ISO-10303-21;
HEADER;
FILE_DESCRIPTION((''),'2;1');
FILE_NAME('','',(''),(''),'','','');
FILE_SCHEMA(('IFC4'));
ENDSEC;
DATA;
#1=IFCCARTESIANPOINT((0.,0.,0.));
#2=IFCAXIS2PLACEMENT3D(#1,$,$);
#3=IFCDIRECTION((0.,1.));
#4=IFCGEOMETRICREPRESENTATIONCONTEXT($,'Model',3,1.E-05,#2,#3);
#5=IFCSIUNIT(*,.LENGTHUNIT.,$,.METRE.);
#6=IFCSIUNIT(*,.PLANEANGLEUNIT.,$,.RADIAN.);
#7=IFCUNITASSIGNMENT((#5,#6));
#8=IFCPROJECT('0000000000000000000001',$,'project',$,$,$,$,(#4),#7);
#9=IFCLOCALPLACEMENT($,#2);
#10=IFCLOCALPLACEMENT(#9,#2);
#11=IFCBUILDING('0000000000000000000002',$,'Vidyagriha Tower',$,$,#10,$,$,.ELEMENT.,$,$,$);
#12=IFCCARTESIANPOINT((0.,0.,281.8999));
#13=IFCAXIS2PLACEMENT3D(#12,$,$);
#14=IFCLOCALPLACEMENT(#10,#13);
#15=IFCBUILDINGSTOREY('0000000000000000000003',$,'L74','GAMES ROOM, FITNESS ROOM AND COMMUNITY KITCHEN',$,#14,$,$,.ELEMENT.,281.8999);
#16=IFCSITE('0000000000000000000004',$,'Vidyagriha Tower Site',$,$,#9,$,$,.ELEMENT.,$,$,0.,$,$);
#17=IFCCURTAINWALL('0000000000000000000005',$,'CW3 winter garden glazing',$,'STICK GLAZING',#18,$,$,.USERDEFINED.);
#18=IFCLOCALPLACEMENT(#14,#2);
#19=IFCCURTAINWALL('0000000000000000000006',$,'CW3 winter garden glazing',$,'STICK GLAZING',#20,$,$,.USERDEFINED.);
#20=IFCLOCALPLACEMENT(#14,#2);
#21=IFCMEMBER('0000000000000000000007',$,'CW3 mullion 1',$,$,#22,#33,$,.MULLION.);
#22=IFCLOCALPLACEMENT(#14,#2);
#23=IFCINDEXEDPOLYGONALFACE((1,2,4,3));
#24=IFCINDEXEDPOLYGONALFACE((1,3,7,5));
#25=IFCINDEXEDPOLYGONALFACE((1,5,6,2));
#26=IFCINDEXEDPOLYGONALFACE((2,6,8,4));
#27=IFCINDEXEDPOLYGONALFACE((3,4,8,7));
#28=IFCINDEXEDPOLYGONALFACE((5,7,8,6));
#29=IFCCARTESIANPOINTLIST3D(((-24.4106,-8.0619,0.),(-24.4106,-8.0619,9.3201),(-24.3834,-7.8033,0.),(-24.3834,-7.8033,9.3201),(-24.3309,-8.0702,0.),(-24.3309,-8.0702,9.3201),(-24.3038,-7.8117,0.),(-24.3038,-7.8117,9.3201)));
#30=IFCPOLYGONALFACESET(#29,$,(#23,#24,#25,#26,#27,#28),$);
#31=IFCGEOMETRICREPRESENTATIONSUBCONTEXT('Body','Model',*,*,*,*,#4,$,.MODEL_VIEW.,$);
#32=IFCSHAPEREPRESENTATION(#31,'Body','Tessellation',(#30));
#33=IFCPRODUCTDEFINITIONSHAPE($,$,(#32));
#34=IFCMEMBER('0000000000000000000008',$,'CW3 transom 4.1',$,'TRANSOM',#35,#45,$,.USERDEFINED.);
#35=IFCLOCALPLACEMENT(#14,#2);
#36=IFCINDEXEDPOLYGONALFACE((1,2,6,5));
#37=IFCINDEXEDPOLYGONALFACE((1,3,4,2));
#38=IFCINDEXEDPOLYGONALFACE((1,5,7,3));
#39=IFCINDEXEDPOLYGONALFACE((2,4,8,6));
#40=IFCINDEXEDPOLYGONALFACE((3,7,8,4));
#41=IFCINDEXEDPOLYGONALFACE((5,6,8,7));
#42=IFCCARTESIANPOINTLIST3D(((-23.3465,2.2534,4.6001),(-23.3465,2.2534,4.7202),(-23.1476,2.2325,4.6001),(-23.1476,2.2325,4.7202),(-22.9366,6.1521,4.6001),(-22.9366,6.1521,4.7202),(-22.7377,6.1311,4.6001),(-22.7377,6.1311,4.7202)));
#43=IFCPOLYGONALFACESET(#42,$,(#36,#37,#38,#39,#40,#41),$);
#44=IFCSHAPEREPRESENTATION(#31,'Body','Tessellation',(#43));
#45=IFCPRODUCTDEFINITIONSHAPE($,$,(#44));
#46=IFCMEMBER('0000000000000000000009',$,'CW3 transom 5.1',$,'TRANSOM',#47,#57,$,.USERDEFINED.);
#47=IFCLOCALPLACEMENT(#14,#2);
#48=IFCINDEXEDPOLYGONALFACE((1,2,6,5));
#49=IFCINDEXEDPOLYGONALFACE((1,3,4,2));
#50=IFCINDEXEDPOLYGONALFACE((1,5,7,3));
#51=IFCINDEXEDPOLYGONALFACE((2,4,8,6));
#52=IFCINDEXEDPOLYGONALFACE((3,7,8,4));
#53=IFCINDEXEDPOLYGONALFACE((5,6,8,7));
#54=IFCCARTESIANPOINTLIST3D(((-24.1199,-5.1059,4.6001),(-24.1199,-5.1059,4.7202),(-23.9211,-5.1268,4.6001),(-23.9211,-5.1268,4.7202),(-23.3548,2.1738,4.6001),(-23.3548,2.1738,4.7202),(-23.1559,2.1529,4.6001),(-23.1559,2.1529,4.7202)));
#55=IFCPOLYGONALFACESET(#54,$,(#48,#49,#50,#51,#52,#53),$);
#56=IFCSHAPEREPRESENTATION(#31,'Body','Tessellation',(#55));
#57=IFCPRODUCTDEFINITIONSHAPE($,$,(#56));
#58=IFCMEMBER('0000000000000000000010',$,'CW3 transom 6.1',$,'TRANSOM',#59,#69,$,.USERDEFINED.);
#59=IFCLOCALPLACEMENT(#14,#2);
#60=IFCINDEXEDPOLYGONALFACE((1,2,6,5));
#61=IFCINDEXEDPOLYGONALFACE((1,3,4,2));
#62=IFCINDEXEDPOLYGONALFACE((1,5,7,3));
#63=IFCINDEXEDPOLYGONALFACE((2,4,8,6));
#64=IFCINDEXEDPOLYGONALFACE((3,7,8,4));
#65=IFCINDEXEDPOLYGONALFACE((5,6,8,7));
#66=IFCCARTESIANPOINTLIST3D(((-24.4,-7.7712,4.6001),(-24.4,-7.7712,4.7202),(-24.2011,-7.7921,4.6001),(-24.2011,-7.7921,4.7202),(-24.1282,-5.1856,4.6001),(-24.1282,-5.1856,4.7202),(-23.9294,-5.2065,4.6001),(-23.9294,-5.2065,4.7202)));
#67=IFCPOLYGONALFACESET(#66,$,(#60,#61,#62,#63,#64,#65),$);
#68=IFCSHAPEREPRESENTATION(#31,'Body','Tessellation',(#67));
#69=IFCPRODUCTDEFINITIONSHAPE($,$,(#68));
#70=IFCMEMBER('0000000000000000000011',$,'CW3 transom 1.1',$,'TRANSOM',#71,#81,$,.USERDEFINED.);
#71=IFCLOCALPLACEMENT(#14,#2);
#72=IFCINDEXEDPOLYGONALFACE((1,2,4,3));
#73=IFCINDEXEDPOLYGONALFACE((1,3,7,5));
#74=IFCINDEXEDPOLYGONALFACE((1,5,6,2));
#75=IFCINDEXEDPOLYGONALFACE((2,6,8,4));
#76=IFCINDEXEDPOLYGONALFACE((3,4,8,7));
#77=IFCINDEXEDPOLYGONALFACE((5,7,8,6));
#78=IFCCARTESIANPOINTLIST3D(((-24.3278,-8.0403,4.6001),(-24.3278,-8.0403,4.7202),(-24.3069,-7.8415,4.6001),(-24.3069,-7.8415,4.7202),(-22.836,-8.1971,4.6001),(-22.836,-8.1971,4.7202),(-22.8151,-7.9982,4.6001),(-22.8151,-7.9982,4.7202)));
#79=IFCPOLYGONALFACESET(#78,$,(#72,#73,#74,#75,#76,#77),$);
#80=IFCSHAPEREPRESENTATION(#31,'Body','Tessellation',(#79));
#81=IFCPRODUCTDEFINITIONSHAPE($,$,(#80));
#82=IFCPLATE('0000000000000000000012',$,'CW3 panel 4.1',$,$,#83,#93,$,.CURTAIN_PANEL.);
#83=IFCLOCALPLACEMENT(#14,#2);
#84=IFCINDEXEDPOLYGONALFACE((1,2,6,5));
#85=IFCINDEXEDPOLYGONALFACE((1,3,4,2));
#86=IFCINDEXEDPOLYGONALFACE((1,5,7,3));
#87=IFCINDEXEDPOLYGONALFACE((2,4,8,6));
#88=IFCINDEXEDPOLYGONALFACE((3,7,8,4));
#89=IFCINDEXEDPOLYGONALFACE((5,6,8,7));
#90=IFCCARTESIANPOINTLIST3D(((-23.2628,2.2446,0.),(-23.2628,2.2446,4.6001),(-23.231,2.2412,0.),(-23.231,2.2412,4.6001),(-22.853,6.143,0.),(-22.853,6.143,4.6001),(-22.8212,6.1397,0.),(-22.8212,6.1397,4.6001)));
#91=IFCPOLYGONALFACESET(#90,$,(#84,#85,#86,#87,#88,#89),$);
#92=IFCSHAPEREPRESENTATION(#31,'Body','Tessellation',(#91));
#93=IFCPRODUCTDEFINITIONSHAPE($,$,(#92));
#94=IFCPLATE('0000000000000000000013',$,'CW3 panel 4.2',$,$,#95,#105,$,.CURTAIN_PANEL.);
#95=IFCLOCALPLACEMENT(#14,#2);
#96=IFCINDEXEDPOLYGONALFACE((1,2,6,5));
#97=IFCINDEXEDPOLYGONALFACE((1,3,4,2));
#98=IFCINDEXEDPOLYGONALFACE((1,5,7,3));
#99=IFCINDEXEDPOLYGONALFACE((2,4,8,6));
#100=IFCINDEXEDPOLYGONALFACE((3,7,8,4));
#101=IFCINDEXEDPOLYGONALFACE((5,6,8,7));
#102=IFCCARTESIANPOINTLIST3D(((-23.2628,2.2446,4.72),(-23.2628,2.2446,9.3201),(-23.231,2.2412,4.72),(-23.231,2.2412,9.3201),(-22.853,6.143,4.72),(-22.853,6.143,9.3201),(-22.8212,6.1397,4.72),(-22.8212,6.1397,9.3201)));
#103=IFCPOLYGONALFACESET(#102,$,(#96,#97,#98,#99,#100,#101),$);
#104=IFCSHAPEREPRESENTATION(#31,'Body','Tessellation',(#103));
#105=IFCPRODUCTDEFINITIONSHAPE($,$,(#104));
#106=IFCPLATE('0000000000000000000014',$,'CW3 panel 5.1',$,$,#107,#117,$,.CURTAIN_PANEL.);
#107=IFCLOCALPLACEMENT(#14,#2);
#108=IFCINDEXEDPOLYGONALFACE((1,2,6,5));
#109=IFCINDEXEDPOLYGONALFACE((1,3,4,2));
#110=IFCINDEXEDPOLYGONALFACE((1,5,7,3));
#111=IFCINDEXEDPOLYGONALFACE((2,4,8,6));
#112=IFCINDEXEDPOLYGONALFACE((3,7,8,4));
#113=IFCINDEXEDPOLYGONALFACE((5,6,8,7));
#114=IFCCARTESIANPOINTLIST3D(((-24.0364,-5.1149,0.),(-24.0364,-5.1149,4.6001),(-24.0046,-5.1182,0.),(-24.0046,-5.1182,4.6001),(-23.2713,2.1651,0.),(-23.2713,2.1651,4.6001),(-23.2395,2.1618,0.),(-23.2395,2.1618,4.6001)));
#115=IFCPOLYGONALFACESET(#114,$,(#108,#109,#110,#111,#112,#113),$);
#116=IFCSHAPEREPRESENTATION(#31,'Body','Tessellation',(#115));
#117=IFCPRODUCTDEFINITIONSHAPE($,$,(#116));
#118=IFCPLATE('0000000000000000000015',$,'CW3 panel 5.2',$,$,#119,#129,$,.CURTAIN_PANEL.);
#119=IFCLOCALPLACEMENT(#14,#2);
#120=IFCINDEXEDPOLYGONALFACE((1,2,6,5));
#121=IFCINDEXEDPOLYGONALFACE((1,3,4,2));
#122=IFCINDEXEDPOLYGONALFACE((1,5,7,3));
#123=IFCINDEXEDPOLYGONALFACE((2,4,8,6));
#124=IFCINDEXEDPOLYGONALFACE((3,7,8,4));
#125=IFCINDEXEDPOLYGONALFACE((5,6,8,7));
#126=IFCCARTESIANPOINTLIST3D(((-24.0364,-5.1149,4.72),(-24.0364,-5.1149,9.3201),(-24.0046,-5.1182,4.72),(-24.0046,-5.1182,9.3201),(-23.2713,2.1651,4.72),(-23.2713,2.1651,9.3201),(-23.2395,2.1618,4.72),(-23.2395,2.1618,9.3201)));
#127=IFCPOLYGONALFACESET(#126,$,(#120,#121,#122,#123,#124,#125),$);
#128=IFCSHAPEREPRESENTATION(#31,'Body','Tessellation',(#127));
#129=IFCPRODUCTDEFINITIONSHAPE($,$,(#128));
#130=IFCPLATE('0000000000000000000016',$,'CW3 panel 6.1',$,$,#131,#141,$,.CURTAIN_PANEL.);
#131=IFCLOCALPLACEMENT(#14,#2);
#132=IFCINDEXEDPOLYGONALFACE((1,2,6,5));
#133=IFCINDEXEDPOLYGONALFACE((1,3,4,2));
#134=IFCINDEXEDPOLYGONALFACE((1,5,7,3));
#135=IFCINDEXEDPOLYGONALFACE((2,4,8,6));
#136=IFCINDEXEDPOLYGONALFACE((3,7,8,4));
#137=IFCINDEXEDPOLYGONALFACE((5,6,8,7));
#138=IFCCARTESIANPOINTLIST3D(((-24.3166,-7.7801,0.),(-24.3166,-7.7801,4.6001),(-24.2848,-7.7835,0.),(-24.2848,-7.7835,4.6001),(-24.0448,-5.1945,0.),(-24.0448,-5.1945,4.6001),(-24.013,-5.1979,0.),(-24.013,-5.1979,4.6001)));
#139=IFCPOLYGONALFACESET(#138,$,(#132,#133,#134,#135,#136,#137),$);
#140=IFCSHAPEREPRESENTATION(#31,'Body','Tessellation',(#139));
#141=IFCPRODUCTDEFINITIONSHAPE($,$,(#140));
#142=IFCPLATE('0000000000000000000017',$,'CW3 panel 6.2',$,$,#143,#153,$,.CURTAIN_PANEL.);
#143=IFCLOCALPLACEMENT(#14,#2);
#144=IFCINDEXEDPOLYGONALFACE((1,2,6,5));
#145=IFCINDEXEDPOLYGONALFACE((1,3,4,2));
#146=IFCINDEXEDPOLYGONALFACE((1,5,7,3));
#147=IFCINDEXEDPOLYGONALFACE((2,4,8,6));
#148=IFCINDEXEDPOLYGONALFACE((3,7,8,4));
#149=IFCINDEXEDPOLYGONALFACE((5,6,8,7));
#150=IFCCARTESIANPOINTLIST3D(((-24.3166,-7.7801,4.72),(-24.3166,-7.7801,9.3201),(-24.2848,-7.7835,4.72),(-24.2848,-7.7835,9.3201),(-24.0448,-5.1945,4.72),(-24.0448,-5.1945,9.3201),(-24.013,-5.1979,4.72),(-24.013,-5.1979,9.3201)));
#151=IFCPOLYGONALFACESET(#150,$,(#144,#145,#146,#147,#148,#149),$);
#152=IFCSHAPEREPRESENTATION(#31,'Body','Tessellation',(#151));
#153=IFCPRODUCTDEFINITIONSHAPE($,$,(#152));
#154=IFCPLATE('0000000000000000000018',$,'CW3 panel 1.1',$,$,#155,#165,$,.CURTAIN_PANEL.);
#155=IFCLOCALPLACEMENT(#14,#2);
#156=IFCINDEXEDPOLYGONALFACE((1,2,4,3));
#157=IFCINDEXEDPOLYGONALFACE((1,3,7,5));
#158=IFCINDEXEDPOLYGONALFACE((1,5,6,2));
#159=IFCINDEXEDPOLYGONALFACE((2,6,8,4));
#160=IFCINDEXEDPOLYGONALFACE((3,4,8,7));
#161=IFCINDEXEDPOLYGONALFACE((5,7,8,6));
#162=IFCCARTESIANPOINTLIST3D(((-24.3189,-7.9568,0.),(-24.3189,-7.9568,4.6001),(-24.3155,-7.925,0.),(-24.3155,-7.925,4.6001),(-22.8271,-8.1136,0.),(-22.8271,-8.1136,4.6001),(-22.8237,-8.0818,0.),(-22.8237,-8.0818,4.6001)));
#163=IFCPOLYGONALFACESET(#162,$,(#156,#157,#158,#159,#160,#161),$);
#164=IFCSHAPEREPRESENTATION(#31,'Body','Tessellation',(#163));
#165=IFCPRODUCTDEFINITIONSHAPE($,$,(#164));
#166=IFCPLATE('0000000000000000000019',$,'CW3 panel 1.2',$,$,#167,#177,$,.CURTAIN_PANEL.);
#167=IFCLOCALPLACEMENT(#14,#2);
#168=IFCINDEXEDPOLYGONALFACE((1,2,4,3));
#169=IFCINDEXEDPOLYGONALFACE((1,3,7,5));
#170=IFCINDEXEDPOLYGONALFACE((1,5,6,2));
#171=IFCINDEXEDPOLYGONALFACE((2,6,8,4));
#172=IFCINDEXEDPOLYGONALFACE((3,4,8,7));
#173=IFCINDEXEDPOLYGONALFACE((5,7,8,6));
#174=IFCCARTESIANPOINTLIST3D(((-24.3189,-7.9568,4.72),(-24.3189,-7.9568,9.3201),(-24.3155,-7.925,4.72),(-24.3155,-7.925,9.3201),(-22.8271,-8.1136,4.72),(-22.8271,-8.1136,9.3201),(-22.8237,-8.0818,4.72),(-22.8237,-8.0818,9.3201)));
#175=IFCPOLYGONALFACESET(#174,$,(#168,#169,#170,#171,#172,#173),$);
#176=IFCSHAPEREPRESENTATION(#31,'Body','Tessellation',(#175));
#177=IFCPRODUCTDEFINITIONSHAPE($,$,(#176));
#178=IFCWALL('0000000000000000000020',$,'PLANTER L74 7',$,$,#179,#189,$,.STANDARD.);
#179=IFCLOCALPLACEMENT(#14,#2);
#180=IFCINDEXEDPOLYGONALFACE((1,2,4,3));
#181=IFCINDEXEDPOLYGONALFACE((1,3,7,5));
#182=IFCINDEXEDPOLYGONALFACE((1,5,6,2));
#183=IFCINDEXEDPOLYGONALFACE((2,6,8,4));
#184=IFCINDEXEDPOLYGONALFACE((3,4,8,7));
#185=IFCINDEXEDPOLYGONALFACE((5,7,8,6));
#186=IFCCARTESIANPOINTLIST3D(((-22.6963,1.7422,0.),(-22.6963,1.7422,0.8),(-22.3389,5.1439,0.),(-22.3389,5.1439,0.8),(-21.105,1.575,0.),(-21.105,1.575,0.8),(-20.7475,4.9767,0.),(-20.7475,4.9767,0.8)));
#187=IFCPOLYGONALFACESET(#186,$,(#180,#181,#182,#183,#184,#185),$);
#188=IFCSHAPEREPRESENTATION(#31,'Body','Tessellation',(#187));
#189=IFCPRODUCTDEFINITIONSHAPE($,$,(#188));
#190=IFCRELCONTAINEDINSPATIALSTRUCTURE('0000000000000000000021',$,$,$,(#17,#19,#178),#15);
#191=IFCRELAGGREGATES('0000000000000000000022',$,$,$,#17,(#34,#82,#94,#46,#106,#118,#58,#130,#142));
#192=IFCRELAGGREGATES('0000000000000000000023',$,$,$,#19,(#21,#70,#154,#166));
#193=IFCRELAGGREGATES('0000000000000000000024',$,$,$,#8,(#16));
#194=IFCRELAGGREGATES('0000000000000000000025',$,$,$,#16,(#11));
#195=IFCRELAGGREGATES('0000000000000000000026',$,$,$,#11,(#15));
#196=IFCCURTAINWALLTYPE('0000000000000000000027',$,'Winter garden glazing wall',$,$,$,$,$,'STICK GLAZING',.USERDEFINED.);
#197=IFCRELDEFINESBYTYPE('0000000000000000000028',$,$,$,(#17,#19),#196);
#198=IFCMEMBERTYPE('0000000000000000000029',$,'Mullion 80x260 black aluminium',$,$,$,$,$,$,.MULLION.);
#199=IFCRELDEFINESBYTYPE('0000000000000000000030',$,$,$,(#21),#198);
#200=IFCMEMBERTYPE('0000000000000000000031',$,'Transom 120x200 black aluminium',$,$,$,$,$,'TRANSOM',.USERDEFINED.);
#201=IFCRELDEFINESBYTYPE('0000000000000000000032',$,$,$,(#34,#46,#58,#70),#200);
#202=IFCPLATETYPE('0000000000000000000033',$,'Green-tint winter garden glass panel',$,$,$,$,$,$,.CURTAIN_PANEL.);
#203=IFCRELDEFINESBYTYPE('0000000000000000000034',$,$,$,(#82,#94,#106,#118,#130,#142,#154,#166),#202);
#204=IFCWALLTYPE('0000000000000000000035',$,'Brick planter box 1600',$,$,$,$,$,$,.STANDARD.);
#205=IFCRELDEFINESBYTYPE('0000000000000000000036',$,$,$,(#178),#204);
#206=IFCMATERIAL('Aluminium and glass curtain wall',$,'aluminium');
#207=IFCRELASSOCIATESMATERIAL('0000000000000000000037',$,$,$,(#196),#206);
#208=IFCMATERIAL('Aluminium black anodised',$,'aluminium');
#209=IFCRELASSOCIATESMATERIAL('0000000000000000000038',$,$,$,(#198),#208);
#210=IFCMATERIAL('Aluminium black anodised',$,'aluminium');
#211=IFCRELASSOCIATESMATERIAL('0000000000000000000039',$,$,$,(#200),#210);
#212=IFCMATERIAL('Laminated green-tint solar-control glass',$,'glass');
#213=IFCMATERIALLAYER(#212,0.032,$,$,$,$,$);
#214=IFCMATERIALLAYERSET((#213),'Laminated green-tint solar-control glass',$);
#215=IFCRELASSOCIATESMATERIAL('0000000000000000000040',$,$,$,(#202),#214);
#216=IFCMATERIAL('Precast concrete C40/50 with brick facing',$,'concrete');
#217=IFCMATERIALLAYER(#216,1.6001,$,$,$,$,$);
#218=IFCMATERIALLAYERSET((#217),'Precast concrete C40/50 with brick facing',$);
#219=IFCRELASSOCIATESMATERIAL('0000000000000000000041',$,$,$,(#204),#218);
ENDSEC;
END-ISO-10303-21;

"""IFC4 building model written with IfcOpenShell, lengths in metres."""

from ifc_helpers import new_model, si_unit, direction, frame, frame_2d, origin, origin_2d, place, context, subcontext, project, spatial, rectangle, extrude, material, layer, layer_set, material_profile, profile_set, type_object, element, aggregate, save


model = new_model("IFC4")

# Units and contexts
model_context = context("Model", 3, precision=1e-05, world=origin(), true_north=direction((0.0, 1.0)))
body_context = subcontext(model_context, "Body", "Model", "MODEL_VIEW")
ifc_project = project(units=[si_unit("LENGTHUNIT", "METRE"), si_unit("PLANEANGLEUNIT", "RADIAN")], contexts=[model_context])

# Site, building, storey
site_placement = place(None, origin())
site = spatial("IfcSite", under=ifc_project, at=site_placement, Name="Vidyagriha Tower Site", CompositionType="ELEMENT", RefElevation=0.0)
building_placement = place(site_placement, origin())
building = spatial("IfcBuilding", under=site, at=building_placement, Name="Vidyagriha Tower", CompositionType="ELEMENT")
storey_placement = place(building_placement, frame((0.0, 0.0, 281.8999)))
storey = spatial("IfcBuildingStorey", under=building, at=storey_placement, Name="L74", Description="GAMES ROOM, FITNESS ROOM AND COMMUNITY KITCHEN", CompositionType="ELEMENT", Elevation=281.8999)

# Curtain wall
ifc_material_1 = material(Name="Aluminium and glass curtain wall", Category="aluminium")
curtain_wall_type = type_object("IfcCurtainWallType", Name="Winter garden glazing wall", ElementType="STICK GLAZING", PredefinedType="USERDEFINED", material=ifc_material_1)
curtain_wall_1_placement = place(storey_placement, origin())
curtain_wall_1 = element("IfcCurtainWall", 1, at=curtain_wall_1_placement, inside=storey, type_object=curtain_wall_type, Name="CW3 winter garden glazing", ObjectType="STICK GLAZING", PredefinedType="USERDEFINED")
ifc_material_2 = material(Name="Aluminium black anodised", Category="aluminium")
ifc_material_profile_1 = material_profile(ifc_material_2, rectangle(XDim=0.26, YDim=0.0801, at=origin_2d()), Name="Mullion 80x260 black aluminium")
ifc_profile_set_1 = profile_set([ifc_material_profile_1], Name="Aluminium black anodised")
member_type_1 = type_object("IfcMemberType", Name="Mullion 80x260 black aluminium", PredefinedType="MULLION", material=ifc_profile_set_1)

# Curtain wall, member
curtain_wall_2_placement = place(storey_placement, origin())
curtain_wall_2 = element("IfcCurtainWall", 2, at=curtain_wall_2_placement, inside=storey, type_object=curtain_wall_type, Name="CW3 winter garden glazing", ObjectType="STICK GLAZING", PredefinedType="USERDEFINED")
member_1_placement = place(storey_placement, frame((-24.3572, -7.9368, 0.0), z_axis=(0.0, 0.0, 1.0), x_axis=(0.104519, 0.994523, 0.0)))
member_1 = element("IfcMember", 3, at=member_1_placement, type_object=member_type_1, Name="CW3 mullion 1", PredefinedType="MULLION", context=body_context, shape_type="SweptSolid", body=[
    extrude(rectangle(XDim=0.26, YDim=0.0801, at=origin_2d()), origin(), (0.0, 0.0, 1.0), 9.3201),
])

# Members
ifc_material_3 = material(Name="Aluminium black anodised", Category="aluminium")
ifc_material_profile_2 = material_profile(ifc_material_3, rectangle(XDim=0.2, YDim=0.1201, at=origin_2d()), Name="Transom 120x200 black aluminium")
ifc_profile_set_2 = profile_set([ifc_material_profile_2], Name="Aluminium black anodised")
member_type_2 = type_object("IfcMemberType", Name="Transom 120x200 black aluminium", ElementType="TRANSOM", PredefinedType="USERDEFINED", material=ifc_profile_set_2)
member_2_placement = place(storey_placement, frame((-22.8372, 6.1416, 4.6602), z_axis=(-0.104565, -0.994518, 0.0), x_axis=(0.994518, -0.104565, 0.0)))
member_2 = element("IfcMember", 4, at=member_2_placement, type_object=member_type_2, Name="CW3 transom 4.1", ObjectType="TRANSOM", PredefinedType="USERDEFINED", context=body_context, shape_type="SweptSolid", body=[
    extrude(rectangle(XDim=0.2, YDim=0.1201, at=origin_2d()), origin(), (0.0, 0.0, 1.0), 3.9202),
])
member_3_placement = place(storey_placement, frame((-23.2554, 2.1633, 4.6602), z_axis=(-0.104529, -0.994522, 0.0), x_axis=(0.994522, -0.104529, 0.0)))
member_3 = element("IfcMember", 5, at=member_3_placement, type_object=member_type_2, Name="CW3 transom 5.1", ObjectType="TRANSOM", PredefinedType="USERDEFINED", context=body_context, shape_type="SweptSolid", body=[
    extrude(rectangle(XDim=0.2, YDim=0.1201, at=origin_2d()), origin(), (0.0, 0.0, 1.0), 7.3198),
])
member_4_placement = place(storey_placement, frame((-24.0288, -5.196, 4.6602), z_axis=(-0.104514, -0.994523, 0.0), x_axis=(0.994523, -0.104514, 0.0)))
member_4 = element("IfcMember", 6, at=member_4_placement, type_object=member_type_2, Name="CW3 transom 6.1", ObjectType="TRANSOM", PredefinedType="USERDEFINED", context=body_context, shape_type="SweptSolid", body=[
    extrude(rectangle(XDim=0.2, YDim=0.1201, at=origin_2d()), origin(), (0.0, 0.0, 1.0), 2.5999),
])
member_5_placement = place(storey_placement, frame((-24.3174, -7.9409, 4.6602), z_axis=(0.994525, -0.104498, 0.0), x_axis=(0.104498, 0.994525, 0.0)))
member_5 = element("IfcMember", 7, at=member_5_placement, type_object=member_type_2, Name="CW3 transom 1.1", ObjectType="TRANSOM", PredefinedType="USERDEFINED", context=body_context, shape_type="SweptSolid", body=[
    extrude(rectangle(XDim=0.2, YDim=0.1201, at=origin_2d()), origin(), (0.0, 0.0, 1.0), 1.5),
])

# Plates
ifc_material_4 = material(Name="Laminated green-tint solar-control glass", Category="glass")
ifc_layer_1 = layer(ifc_material_4, 0.032)
ifc_layer_set_1 = layer_set([ifc_layer_1], Name="Laminated green-tint solar-control glass")
plate_type = type_object("IfcPlateType", Name="Green-tint winter garden glass panel", PredefinedType="CURTAIN_PANEL", material=ifc_layer_set_1)
plate_1_placement = place(storey_placement, frame((-23.042, 4.1921, 0.0), z_axis=(0.0, 0.0, 1.0), x_axis=(-0.104527, -0.994522, 0.0)))
plate_1 = element("IfcPlate", 8, at=plate_1_placement, type_object=plate_type, Name="CW3 panel 4.1", PredefinedType="CURTAIN_PANEL", context=body_context, shape_type="SweptSolid", body=[
    extrude(rectangle(XDim=3.9199, YDim=0.032, at=origin_2d()), origin(), (0.0, 0.0, 1.0), 4.6001),
])
plate_2_placement = place(storey_placement, frame((-23.042, 4.1921, 4.72), z_axis=(0.0, 0.0, 1.0), x_axis=(-0.104527, -0.994522, 0.0)))
plate_2 = element("IfcPlate", 9, at=plate_2_placement, type_object=plate_type, Name="CW3 panel 4.2", PredefinedType="CURTAIN_PANEL", context=body_context, shape_type="SweptSolid", body=[
    extrude(rectangle(XDim=3.9199, YDim=0.032, at=origin_2d()), origin(), (0.0, 0.0, 1.0), 4.6001),
])
plate_3_placement = place(storey_placement, frame((-23.6379, -1.4766, 0.0), z_axis=(0.0, 0.0, 1.0), x_axis=(-0.104527, -0.994522, 0.0)))
plate_3 = element("IfcPlate", 10, at=plate_3_placement, type_object=plate_type, Name="CW3 panel 5.1", PredefinedType="CURTAIN_PANEL", context=body_context, shape_type="SweptSolid", body=[
    extrude(rectangle(XDim=7.3201, YDim=0.032, at=origin_2d()), origin(), (0.0, 0.0, 1.0), 4.6001),
])
plate_4_placement = place(storey_placement, frame((-23.6379, -1.4766, 4.72), z_axis=(0.0, 0.0, 1.0), x_axis=(-0.104527, -0.994522, 0.0)))
plate_4 = element("IfcPlate", 11, at=plate_4_placement, type_object=plate_type, Name="CW3 panel 5.2", PredefinedType="CURTAIN_PANEL", context=body_context, shape_type="SweptSolid", body=[
    extrude(rectangle(XDim=7.3201, YDim=0.032, at=origin_2d()), origin(), (0.0, 0.0, 1.0), 4.6001),
])
plate_5_placement = place(storey_placement, frame((-24.1648, -6.489, 0.0), z_axis=(0.0, 0.0, 1.0), x_axis=(-0.104527, -0.994522, 0.0)))
plate_5 = element("IfcPlate", 12, at=plate_5_placement, type_object=plate_type, Name="CW3 panel 6.1", PredefinedType="CURTAIN_PANEL", context=body_context, shape_type="SweptSolid", body=[
    extrude(rectangle(XDim=2.5999, YDim=0.032, at=origin_2d()), origin(), (0.0, 0.0, 1.0), 4.6001),
])
plate_6_placement = place(storey_placement, frame((-24.1648, -6.489, 4.72), z_axis=(0.0, 0.0, 1.0), x_axis=(-0.104527, -0.994522, 0.0)))
plate_6 = element("IfcPlate", 13, at=plate_6_placement, type_object=plate_type, Name="CW3 panel 6.2", PredefinedType="CURTAIN_PANEL", context=body_context, shape_type="SweptSolid", body=[
    extrude(rectangle(XDim=2.5999, YDim=0.032, at=origin_2d()), origin(), (0.0, 0.0, 1.0), 4.6001),
])
aggregate(curtain_wall_1, [member_2, plate_1, plate_2, member_3, plate_3, plate_4, member_4, plate_5, plate_6])
plate_7_placement = place(storey_placement, frame((-23.5713, -8.0193, 0.0), z_axis=(0.0, 0.0, 1.0), x_axis=(0.994523, -0.104519, 0.0)))
plate_7 = element("IfcPlate", 14, at=plate_7_placement, type_object=plate_type, Name="CW3 panel 1.1", PredefinedType="CURTAIN_PANEL", context=body_context, shape_type="SweptSolid", body=[
    extrude(rectangle(XDim=1.5, YDim=0.032, at=origin_2d()), origin(), (0.0, 0.0, 1.0), 4.6001),
])
plate_8_placement = place(storey_placement, frame((-23.5713, -8.0193, 4.72), z_axis=(0.0, 0.0, 1.0), x_axis=(0.994523, -0.104519, 0.0)))
plate_8 = element("IfcPlate", 15, at=plate_8_placement, type_object=plate_type, Name="CW3 panel 1.2", PredefinedType="CURTAIN_PANEL", context=body_context, shape_type="SweptSolid", body=[
    extrude(rectangle(XDim=1.5, YDim=0.032, at=origin_2d()), origin(), (0.0, 0.0, 1.0), 4.6001),
])
aggregate(curtain_wall_2, [member_1, member_5, plate_7, plate_8])

# Wall
ifc_material_5 = material(Name="Precast concrete C40/50 with brick facing", Category="concrete")
ifc_layer_2 = layer(ifc_material_5, 1.6001)
ifc_layer_set_2 = layer_set([ifc_layer_2], Name="Precast concrete C40/50 with brick facing")
wall_type_1 = type_object("IfcWallType", Name="Brick planter box 1600", PredefinedType="STANDARD", material=ifc_layer_set_2)
wall_1_placement = place(storey_placement, frame((-21.5432, 5.0603, 0.0), z_axis=(0.0, 0.0, 1.0), x_axis=(-0.104499, -0.994525, 0.0)))
element("IfcWall", 16, at=wall_1_placement, inside=storey, type_object=wall_type_1, Name="PLANTER L74 7", PredefinedType="STANDARD", context=body_context, shape_type="SweptSolid", body=[
    extrude(rectangle(XDim=3.4204, YDim=1.6001, at=frame_2d((1.7102, 0.0))), origin(), (0.0, 0.0, 1.0), 0.8),
])

save(model, "model.ifc")
